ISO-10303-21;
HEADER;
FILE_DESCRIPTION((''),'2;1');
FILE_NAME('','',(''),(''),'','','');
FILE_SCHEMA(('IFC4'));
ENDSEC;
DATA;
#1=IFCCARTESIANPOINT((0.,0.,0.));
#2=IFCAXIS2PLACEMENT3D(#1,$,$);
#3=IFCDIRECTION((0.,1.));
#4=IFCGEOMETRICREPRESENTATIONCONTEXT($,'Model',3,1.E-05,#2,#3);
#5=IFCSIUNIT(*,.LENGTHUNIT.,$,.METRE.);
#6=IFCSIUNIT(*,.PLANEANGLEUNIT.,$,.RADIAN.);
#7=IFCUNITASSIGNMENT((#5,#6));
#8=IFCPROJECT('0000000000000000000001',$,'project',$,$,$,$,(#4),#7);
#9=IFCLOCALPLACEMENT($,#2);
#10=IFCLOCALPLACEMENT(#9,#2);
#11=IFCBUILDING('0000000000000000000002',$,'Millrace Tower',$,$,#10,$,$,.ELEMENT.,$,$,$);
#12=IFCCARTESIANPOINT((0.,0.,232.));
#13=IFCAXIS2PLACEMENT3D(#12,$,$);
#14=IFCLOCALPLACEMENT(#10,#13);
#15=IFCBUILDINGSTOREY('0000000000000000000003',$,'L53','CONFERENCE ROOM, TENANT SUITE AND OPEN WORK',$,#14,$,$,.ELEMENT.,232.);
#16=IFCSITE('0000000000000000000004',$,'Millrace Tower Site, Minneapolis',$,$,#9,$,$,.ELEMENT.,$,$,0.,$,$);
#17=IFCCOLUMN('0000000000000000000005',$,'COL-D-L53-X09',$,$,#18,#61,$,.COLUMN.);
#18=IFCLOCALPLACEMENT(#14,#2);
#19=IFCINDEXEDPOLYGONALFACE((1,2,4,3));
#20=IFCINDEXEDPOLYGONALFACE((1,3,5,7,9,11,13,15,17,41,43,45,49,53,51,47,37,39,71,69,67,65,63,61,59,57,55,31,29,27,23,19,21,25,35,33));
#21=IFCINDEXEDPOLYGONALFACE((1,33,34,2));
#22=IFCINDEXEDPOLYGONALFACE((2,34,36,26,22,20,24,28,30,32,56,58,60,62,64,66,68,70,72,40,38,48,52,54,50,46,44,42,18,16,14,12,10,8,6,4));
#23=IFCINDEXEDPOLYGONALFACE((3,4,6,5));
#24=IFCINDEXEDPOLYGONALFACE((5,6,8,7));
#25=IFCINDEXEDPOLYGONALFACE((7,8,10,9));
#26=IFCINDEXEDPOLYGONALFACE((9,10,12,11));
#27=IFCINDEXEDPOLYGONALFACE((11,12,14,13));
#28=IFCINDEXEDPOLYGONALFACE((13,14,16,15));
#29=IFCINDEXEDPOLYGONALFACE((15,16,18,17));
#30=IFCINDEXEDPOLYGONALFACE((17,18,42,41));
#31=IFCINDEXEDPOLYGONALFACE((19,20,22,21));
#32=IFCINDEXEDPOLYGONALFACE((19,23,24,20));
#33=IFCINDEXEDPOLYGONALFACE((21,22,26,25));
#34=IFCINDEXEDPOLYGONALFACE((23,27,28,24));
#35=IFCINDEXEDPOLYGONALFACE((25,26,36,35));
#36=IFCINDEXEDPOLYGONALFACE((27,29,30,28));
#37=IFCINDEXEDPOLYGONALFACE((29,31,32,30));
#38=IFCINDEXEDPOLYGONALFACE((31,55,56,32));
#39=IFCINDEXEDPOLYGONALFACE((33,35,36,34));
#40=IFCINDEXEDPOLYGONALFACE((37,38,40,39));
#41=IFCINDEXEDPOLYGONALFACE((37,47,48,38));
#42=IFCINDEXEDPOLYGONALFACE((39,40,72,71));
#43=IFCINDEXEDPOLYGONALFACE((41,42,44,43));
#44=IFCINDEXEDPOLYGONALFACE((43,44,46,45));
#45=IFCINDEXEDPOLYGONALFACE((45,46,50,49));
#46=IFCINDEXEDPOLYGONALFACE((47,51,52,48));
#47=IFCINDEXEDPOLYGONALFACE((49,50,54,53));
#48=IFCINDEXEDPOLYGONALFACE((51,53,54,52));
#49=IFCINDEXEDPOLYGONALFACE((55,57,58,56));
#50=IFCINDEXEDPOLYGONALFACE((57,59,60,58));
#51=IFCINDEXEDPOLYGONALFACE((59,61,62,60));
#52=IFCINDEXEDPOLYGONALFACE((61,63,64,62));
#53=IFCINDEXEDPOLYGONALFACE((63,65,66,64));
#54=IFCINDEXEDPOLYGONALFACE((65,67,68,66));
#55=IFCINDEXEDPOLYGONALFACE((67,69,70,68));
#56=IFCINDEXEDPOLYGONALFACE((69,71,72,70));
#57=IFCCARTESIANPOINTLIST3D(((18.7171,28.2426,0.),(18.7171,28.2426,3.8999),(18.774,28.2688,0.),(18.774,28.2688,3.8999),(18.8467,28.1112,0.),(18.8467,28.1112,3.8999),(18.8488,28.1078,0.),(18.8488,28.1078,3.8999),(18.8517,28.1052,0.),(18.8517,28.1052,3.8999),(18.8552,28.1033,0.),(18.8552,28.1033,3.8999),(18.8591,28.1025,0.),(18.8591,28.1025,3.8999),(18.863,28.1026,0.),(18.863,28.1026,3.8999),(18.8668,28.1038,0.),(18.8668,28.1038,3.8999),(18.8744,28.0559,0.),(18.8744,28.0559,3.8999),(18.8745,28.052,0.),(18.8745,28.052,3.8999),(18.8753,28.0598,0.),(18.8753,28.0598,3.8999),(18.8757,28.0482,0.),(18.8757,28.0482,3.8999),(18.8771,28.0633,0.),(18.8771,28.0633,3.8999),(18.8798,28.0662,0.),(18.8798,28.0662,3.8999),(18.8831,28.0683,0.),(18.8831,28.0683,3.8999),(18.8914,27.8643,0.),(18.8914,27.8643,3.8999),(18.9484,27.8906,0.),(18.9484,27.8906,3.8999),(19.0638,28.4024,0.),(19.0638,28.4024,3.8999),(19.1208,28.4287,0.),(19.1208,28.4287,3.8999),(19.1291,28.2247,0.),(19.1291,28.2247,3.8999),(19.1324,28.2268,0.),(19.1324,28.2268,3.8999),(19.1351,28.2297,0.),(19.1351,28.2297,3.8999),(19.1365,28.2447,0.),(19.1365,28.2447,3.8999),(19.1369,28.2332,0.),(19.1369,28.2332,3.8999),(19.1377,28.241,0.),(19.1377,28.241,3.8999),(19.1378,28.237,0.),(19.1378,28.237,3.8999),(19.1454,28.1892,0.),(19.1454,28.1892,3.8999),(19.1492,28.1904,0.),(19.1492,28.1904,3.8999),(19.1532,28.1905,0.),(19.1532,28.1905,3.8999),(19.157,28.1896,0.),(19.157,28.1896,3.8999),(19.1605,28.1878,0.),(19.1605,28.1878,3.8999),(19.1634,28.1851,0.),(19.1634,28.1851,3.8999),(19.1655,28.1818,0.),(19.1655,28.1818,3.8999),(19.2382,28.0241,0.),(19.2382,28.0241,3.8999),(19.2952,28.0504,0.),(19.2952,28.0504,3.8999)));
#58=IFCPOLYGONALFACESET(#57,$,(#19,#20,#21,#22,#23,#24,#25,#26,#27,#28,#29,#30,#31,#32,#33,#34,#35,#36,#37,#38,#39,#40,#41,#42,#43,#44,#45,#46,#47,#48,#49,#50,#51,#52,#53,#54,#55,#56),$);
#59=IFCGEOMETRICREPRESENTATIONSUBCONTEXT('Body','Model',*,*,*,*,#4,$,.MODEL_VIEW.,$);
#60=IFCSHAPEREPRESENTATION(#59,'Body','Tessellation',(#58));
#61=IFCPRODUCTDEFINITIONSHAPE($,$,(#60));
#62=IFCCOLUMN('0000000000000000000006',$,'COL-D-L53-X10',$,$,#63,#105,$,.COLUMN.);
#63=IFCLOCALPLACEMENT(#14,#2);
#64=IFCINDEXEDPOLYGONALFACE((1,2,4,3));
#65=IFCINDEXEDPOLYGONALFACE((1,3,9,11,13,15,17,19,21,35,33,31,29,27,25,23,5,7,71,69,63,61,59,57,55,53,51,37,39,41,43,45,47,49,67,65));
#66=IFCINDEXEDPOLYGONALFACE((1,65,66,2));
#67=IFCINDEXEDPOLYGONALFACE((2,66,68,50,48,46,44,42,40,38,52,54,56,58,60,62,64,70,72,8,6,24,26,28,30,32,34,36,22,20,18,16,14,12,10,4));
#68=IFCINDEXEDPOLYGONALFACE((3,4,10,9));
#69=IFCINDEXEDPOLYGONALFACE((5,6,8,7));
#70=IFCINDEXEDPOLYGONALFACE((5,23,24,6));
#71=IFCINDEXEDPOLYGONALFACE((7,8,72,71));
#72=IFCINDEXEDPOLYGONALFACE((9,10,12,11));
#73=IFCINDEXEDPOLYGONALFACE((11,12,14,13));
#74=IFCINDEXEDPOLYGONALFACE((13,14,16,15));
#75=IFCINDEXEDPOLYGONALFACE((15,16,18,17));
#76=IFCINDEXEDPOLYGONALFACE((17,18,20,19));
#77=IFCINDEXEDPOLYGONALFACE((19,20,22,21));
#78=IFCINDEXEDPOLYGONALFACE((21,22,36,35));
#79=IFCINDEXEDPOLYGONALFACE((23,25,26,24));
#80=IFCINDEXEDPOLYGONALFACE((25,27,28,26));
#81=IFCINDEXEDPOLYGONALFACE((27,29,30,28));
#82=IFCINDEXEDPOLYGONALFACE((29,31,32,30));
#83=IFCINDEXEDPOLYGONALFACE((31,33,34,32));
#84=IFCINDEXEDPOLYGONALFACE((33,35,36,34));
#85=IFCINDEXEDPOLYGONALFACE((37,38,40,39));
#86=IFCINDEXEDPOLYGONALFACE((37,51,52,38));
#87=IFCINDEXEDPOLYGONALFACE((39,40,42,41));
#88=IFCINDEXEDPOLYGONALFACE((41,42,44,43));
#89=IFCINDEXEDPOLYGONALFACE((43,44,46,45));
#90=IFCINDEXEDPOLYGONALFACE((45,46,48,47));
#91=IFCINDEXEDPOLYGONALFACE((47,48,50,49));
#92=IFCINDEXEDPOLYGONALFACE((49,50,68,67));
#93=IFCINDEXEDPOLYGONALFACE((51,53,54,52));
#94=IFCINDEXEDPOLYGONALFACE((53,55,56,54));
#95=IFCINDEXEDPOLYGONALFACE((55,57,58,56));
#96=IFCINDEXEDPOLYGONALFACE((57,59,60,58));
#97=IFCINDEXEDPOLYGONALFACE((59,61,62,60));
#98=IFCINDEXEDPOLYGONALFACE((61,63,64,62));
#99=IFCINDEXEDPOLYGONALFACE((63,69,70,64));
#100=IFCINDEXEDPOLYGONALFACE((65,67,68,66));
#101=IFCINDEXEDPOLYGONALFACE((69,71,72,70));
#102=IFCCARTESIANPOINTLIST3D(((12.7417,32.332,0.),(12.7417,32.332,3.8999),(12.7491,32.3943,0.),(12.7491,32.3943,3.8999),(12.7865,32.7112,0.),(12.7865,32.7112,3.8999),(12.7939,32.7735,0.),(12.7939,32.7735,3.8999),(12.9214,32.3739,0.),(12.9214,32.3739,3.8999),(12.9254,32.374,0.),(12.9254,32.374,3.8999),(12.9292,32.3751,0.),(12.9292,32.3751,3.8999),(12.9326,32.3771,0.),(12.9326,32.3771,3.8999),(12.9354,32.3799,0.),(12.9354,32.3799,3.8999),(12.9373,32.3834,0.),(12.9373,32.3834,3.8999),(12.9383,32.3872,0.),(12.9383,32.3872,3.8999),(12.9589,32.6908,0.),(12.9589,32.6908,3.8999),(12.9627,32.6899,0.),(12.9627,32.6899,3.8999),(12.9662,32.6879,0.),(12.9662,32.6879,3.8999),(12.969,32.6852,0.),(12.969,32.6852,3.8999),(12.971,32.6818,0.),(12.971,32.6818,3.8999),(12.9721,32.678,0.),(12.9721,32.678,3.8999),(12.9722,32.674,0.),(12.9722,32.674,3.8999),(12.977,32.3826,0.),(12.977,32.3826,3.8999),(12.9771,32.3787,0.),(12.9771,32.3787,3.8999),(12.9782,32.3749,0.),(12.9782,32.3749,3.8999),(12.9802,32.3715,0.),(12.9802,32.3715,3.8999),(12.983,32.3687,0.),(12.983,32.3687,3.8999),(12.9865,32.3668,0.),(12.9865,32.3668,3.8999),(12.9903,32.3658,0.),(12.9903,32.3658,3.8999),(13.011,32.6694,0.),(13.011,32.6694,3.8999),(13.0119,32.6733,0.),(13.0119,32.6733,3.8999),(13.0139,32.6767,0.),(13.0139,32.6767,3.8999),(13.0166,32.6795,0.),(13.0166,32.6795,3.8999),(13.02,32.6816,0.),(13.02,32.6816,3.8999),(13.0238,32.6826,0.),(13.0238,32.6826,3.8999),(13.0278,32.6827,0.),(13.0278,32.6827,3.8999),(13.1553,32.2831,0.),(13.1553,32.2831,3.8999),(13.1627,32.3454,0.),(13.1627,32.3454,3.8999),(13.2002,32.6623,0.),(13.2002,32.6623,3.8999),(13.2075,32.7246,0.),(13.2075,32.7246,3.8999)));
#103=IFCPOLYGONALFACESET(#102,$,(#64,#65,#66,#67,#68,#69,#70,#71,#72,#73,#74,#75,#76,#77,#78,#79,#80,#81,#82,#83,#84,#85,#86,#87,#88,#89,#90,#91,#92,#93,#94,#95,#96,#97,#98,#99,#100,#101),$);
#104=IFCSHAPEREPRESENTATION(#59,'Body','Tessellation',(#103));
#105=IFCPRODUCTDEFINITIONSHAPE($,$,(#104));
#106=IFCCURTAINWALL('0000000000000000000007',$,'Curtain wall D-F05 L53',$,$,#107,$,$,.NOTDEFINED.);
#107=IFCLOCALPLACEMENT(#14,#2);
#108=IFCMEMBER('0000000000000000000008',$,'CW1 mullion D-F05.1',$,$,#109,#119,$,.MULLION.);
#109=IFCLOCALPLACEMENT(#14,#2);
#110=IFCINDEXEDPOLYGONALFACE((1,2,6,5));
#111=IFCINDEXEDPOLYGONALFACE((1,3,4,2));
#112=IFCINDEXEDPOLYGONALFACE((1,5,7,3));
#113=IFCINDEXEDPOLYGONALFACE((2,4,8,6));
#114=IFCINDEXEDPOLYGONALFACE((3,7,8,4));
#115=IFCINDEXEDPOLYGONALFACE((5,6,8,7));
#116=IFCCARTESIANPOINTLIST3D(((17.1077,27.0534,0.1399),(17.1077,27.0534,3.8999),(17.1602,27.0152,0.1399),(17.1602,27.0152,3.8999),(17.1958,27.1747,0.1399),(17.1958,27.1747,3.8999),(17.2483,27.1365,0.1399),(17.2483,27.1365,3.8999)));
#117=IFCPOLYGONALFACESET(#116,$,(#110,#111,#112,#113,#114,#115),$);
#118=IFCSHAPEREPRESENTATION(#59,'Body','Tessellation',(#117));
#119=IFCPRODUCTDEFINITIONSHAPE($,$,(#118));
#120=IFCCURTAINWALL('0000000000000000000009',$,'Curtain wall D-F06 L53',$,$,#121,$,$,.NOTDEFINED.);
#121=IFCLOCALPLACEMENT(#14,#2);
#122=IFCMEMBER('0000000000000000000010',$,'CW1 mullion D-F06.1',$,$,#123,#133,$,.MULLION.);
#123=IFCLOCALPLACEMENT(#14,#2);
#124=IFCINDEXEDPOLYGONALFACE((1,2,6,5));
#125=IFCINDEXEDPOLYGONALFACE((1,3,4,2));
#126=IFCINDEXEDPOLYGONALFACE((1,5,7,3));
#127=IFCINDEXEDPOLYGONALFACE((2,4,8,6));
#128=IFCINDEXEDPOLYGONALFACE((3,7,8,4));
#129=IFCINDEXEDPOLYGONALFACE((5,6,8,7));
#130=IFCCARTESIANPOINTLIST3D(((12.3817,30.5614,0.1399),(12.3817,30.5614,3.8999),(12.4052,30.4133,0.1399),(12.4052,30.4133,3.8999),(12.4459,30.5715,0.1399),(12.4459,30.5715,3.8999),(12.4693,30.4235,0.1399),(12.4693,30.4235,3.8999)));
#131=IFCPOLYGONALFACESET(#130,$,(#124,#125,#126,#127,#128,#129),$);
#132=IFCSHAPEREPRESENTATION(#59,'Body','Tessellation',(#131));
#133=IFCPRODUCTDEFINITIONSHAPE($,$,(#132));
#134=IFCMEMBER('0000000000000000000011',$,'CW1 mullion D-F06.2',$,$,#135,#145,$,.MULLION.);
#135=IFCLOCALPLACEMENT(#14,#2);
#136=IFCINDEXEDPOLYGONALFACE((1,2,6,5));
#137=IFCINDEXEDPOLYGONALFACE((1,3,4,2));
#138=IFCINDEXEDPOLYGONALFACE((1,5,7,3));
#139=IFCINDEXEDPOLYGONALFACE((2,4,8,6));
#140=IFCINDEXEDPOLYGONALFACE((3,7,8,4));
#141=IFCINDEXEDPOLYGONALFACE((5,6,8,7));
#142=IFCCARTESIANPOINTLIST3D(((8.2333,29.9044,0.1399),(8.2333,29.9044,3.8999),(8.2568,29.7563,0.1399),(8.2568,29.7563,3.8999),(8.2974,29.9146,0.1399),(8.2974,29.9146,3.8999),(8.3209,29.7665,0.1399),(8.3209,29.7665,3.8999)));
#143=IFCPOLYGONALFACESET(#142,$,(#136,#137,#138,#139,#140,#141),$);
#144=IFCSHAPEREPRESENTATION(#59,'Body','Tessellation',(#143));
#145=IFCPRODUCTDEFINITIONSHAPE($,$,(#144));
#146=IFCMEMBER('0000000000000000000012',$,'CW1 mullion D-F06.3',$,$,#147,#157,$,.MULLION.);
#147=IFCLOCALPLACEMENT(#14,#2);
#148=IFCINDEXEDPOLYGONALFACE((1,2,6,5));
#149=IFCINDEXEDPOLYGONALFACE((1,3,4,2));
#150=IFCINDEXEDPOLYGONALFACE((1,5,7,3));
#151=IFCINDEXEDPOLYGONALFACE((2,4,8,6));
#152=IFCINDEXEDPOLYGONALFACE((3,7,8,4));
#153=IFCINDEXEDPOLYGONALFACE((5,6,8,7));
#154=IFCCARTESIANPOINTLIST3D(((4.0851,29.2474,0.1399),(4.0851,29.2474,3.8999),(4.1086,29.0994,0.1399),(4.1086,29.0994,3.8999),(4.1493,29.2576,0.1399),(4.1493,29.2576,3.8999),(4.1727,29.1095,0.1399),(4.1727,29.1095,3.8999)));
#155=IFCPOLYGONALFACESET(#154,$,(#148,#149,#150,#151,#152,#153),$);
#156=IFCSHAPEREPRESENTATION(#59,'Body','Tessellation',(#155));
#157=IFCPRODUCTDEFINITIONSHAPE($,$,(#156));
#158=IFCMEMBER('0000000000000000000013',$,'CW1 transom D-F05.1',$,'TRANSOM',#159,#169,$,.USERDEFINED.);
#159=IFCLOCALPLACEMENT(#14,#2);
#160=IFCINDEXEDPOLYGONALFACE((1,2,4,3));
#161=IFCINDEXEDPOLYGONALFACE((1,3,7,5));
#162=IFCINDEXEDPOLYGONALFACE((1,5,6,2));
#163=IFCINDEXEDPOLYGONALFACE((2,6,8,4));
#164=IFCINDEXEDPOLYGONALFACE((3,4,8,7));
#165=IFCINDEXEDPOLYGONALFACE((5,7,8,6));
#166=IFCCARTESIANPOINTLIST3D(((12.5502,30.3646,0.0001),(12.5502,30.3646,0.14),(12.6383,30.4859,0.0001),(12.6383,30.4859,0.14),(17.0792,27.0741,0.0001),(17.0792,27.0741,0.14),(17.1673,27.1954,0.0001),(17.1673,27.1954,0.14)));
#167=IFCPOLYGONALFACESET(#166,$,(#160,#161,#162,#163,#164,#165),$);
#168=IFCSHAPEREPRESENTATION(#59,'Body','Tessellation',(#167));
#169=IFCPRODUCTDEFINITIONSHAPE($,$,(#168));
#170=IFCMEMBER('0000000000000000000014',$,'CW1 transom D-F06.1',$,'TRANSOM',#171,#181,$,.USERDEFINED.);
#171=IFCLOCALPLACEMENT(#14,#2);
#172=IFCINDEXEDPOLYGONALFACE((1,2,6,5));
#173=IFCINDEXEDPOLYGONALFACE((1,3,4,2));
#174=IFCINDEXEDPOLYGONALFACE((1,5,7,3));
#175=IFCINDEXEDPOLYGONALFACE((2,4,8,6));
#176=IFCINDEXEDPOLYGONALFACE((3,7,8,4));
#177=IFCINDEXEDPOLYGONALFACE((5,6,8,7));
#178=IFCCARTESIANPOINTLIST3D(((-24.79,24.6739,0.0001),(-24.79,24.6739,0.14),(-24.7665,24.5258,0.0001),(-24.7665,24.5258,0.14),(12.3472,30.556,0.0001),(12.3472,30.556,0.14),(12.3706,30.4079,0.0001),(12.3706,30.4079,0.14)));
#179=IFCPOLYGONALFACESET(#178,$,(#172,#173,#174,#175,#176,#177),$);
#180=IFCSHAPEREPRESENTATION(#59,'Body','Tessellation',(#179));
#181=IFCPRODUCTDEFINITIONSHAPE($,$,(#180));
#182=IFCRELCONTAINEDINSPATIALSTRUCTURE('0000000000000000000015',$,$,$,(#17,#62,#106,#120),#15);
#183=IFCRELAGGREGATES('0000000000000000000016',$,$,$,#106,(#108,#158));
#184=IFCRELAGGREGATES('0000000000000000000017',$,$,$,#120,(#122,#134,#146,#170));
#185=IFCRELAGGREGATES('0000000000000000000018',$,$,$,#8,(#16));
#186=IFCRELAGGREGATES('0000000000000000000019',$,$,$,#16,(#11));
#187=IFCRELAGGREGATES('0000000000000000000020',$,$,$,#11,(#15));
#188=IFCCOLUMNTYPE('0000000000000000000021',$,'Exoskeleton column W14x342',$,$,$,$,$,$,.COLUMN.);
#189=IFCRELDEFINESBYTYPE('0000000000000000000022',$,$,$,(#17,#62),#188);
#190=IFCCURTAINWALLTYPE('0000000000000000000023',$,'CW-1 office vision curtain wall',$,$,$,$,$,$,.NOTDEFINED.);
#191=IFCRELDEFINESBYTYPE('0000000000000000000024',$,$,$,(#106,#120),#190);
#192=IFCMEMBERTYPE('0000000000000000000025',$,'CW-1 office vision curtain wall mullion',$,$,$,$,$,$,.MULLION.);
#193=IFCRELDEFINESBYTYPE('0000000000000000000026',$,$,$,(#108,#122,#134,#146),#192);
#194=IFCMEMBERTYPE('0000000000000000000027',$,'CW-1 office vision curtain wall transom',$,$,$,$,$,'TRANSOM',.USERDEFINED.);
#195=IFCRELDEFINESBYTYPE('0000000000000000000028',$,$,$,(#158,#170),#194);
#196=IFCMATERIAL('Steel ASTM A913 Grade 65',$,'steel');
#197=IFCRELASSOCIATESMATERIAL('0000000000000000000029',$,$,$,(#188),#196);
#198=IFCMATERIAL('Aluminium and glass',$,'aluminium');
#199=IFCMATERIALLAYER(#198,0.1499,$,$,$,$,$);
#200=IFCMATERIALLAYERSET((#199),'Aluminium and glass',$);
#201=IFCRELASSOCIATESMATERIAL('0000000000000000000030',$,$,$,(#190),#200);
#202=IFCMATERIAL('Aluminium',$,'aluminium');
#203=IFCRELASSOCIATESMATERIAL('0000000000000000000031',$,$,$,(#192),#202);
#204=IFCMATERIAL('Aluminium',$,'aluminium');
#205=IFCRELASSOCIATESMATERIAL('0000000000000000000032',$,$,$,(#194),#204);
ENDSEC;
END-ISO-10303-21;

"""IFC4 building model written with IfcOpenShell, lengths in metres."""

from ifc_helpers import new_model, si_unit, direction, frame, origin, origin_2d, place, context, subcontext, project, spatial, rectangle, i_section, extrude, material, layer, layer_set, material_profile, profile_set, type_object, element, aggregate, save


model = new_model("IFC4")

# Units and contexts
model_context = context("Model", 3, precision=1e-05, world=origin(), true_north=direction((0.0, 1.0)))
body_context = subcontext(model_context, "Body", "Model", "MODEL_VIEW")
ifc_project = project(units=[si_unit("LENGTHUNIT", "METRE"), si_unit("PLANEANGLEUNIT", "RADIAN")], contexts=[model_context])

# Site, building, storey
site_placement = place(None, origin())
site = spatial("IfcSite", under=ifc_project, at=site_placement, Name="Millrace Tower Site, Minneapolis", CompositionType="ELEMENT", RefElevation=0.0)
building_placement = place(site_placement, origin())
building = spatial("IfcBuilding", under=site, at=building_placement, Name="Millrace Tower", CompositionType="ELEMENT")
storey_placement = place(building_placement, frame((0.0, 0.0, 232.0)))
storey = spatial("IfcBuildingStorey", under=building, at=storey_placement, Name="L53", Description="CONFERENCE ROOM, TENANT SUITE AND OPEN WORK", CompositionType="ELEMENT", Elevation=232.0)

# Columns
ifc_material_1 = material(Name="Steel ASTM A913 Grade 65", Category="steel")
ifc_material_profile_1 = material_profile(ifc_material_1, i_section(OverallWidth=0.4165, OverallDepth=0.4446, WebThickness=0.0391, FlangeThickness=0.0627, FilletRadius=0.0151, at=origin_2d()))
ifc_profile_set_1 = profile_set([ifc_material_profile_1], Name="Steel ASTM A913 Grade 65")
column_type = type_object("IfcColumnType", Name="Exoskeleton column W14x342", PredefinedType="COLUMN", material=ifc_profile_set_1)
for number, where, z_axis, x_axis, name in (
    (1, (19.0061, 28.1465, 0.0), (0.0, 0.0, 1.0), (-0.418553, 0.908192, 0.0), "COL-D-L53-X09"),
    (2, (12.9746, 32.5283, 0.0), (0.0, 0.0, 1.0), (-0.993082, 0.117421, 0.0), "COL-D-L53-X10"),
):
    element("IfcColumn", number, at=place(storey_placement, frame(where, z_axis=z_axis, x_axis=x_axis)), inside=storey, type_object=column_type, Name=name, PredefinedType="COLUMN", context=body_context, shape_type="SweptSolid", body=[
        extrude(i_section(OverallWidth=0.4165, OverallDepth=0.4446, WebThickness=0.0391, FlangeThickness=0.0627, FilletRadius=0.0151, at=origin_2d()), origin(), (0.0, 0.0, 1.0), 3.8999),
    ])

# Curtain wall, member
ifc_material_2 = material(Name="Aluminium and glass", Category="aluminium")
ifc_layer_1 = layer(ifc_material_2, 0.1499)
ifc_layer_set_1 = layer_set([ifc_layer_1], Name="Aluminium and glass")
curtain_wall_type = type_object("IfcCurtainWallType", Name="CW-1 office vision curtain wall", PredefinedType="NOTDEFINED", material=ifc_layer_set_1)
placement = place(storey_placement, origin())
curtain_wall_1 = element("IfcCurtainWall", 3, at=placement, inside=storey, type_object=curtain_wall_type, Name="Curtain wall D-F05 L53", PredefinedType="NOTDEFINED")
ifc_material_3 = material(Name="Aluminium", Category="aluminium")
ifc_material_profile_2 = material_profile(ifc_material_3, rectangle(XDim=0.0649, YDim=0.1499, at=origin_2d()))
ifc_profile_set_2 = profile_set([ifc_material_profile_2], Name="Aluminium")
member_type_1 = type_object("IfcMemberType", Name="CW-1 office vision curtain wall mullion", PredefinedType="MULLION", material=ifc_profile_set_2)
member_1_placement = place(storey_placement, frame((17.178, 27.095, 0.1399), z_axis=(0.0, 0.0, 1.0), x_axis=(-0.809017, 0.587785, 0.0)))
member_1 = element("IfcMember", 4, at=member_1_placement, type_object=member_type_1, Name="CW1 mullion D-F05.1", PredefinedType="MULLION", context=body_context, shape_type="SweptSolid", body=[
    extrude(rectangle(XDim=0.0649, YDim=0.1499, at=origin_2d()), origin(), (0.0, 0.0, 1.0), 3.76),
])

# Curtain wall, members
curtain_wall_2 = element("IfcCurtainWall", 5, at=placement, inside=storey, type_object=curtain_wall_type, Name="Curtain wall D-F06 L53", PredefinedType="NOTDEFINED")
member_2_placement = place(storey_placement, frame((12.4255, 30.4924, 0.1399), z_axis=(0.0, 0.0, 1.0), x_axis=(-0.987688, -0.156434, 0.0)))
member_2 = element("IfcMember", 6, at=member_2_placement, type_object=member_type_1, Name="CW1 mullion D-F06.1", PredefinedType="MULLION", context=body_context, shape_type="SweptSolid", body=[
    extrude(rectangle(XDim=0.0649, YDim=0.1499, at=origin_2d()), origin(), (0.0, 0.0, 1.0), 3.76),
])
member_3_placement = place(storey_placement, frame((8.2771, 29.8354, 0.1399), z_axis=(0.0, 0.0, 1.0), x_axis=(-0.987688, -0.156434, 0.0)))
member_3 = element("IfcMember", 7, at=member_3_placement, type_object=member_type_1, Name="CW1 mullion D-F06.2", PredefinedType="MULLION", context=body_context, shape_type="SweptSolid", body=[
    extrude(rectangle(XDim=0.0649, YDim=0.1499, at=origin_2d()), origin(), (0.0, 0.0, 1.0), 3.76),
])
member_4_placement = place(storey_placement, frame((4.1289, 29.1785, 0.1399), z_axis=(0.0, 0.0, 1.0), x_axis=(-0.987688, -0.156434, 0.0)))
member_4 = element("IfcMember", 8, at=member_4_placement, type_object=member_type_1, Name="CW1 mullion D-F06.3", PredefinedType="MULLION", context=body_context, shape_type="SweptSolid", body=[
    extrude(rectangle(XDim=0.0649, YDim=0.1499, at=origin_2d()), origin(), (0.0, 0.0, 1.0), 3.76),
])

# Members
ifc_material_4 = material(Name="Aluminium", Category="aluminium")
ifc_material_profile_3 = material_profile(ifc_material_4, rectangle(XDim=0.1499, YDim=0.1399, at=origin_2d()))
ifc_profile_set_3 = profile_set([ifc_material_profile_3], Name="Aluminium")
member_type_2 = type_object("IfcMemberType", Name="CW-1 office vision curtain wall transom", ElementType="TRANSOM", PredefinedType="USERDEFINED", material=ifc_profile_set_3)
member_5_placement = place(storey_placement, frame((17.1233, 27.1348, 0.0701), z_axis=(-0.809019, 0.587783, 0.0), x_axis=(-0.587783, -0.809019, 0.0)))
member_5 = element("IfcMember", 9, at=member_5_placement, type_object=member_type_2, Name="CW1 transom D-F05.1", ObjectType="TRANSOM", PredefinedType="USERDEFINED", context=body_context, shape_type="SweptSolid", body=[
    extrude(rectangle(XDim=0.1499, YDim=0.1399, at=origin_2d()), origin(), (0.0, 0.0, 1.0), 5.5981),
])
aggregate(curtain_wall_1, [member_1, member_5])
member_6_placement = place(storey_placement, frame((12.3589, 30.4819, 0.0701), z_axis=(-0.987688, -0.156438, 0.0), x_axis=(0.156438, -0.987688, 0.0)))
member_6 = element("IfcMember", 10, at=member_6_placement, type_object=member_type_2, Name="CW1 transom D-F06.1", ObjectType="TRANSOM", PredefinedType="USERDEFINED", context=body_context, shape_type="SweptSolid", body=[
    extrude(rectangle(XDim=0.1499, YDim=0.1399, at=origin_2d()), origin(), (0.0, 0.0, 1.0), 37.6001),
])
aggregate(curtain_wall_2, [member_2, member_3, member_4, member_6])

save(model, "model.ifc")
